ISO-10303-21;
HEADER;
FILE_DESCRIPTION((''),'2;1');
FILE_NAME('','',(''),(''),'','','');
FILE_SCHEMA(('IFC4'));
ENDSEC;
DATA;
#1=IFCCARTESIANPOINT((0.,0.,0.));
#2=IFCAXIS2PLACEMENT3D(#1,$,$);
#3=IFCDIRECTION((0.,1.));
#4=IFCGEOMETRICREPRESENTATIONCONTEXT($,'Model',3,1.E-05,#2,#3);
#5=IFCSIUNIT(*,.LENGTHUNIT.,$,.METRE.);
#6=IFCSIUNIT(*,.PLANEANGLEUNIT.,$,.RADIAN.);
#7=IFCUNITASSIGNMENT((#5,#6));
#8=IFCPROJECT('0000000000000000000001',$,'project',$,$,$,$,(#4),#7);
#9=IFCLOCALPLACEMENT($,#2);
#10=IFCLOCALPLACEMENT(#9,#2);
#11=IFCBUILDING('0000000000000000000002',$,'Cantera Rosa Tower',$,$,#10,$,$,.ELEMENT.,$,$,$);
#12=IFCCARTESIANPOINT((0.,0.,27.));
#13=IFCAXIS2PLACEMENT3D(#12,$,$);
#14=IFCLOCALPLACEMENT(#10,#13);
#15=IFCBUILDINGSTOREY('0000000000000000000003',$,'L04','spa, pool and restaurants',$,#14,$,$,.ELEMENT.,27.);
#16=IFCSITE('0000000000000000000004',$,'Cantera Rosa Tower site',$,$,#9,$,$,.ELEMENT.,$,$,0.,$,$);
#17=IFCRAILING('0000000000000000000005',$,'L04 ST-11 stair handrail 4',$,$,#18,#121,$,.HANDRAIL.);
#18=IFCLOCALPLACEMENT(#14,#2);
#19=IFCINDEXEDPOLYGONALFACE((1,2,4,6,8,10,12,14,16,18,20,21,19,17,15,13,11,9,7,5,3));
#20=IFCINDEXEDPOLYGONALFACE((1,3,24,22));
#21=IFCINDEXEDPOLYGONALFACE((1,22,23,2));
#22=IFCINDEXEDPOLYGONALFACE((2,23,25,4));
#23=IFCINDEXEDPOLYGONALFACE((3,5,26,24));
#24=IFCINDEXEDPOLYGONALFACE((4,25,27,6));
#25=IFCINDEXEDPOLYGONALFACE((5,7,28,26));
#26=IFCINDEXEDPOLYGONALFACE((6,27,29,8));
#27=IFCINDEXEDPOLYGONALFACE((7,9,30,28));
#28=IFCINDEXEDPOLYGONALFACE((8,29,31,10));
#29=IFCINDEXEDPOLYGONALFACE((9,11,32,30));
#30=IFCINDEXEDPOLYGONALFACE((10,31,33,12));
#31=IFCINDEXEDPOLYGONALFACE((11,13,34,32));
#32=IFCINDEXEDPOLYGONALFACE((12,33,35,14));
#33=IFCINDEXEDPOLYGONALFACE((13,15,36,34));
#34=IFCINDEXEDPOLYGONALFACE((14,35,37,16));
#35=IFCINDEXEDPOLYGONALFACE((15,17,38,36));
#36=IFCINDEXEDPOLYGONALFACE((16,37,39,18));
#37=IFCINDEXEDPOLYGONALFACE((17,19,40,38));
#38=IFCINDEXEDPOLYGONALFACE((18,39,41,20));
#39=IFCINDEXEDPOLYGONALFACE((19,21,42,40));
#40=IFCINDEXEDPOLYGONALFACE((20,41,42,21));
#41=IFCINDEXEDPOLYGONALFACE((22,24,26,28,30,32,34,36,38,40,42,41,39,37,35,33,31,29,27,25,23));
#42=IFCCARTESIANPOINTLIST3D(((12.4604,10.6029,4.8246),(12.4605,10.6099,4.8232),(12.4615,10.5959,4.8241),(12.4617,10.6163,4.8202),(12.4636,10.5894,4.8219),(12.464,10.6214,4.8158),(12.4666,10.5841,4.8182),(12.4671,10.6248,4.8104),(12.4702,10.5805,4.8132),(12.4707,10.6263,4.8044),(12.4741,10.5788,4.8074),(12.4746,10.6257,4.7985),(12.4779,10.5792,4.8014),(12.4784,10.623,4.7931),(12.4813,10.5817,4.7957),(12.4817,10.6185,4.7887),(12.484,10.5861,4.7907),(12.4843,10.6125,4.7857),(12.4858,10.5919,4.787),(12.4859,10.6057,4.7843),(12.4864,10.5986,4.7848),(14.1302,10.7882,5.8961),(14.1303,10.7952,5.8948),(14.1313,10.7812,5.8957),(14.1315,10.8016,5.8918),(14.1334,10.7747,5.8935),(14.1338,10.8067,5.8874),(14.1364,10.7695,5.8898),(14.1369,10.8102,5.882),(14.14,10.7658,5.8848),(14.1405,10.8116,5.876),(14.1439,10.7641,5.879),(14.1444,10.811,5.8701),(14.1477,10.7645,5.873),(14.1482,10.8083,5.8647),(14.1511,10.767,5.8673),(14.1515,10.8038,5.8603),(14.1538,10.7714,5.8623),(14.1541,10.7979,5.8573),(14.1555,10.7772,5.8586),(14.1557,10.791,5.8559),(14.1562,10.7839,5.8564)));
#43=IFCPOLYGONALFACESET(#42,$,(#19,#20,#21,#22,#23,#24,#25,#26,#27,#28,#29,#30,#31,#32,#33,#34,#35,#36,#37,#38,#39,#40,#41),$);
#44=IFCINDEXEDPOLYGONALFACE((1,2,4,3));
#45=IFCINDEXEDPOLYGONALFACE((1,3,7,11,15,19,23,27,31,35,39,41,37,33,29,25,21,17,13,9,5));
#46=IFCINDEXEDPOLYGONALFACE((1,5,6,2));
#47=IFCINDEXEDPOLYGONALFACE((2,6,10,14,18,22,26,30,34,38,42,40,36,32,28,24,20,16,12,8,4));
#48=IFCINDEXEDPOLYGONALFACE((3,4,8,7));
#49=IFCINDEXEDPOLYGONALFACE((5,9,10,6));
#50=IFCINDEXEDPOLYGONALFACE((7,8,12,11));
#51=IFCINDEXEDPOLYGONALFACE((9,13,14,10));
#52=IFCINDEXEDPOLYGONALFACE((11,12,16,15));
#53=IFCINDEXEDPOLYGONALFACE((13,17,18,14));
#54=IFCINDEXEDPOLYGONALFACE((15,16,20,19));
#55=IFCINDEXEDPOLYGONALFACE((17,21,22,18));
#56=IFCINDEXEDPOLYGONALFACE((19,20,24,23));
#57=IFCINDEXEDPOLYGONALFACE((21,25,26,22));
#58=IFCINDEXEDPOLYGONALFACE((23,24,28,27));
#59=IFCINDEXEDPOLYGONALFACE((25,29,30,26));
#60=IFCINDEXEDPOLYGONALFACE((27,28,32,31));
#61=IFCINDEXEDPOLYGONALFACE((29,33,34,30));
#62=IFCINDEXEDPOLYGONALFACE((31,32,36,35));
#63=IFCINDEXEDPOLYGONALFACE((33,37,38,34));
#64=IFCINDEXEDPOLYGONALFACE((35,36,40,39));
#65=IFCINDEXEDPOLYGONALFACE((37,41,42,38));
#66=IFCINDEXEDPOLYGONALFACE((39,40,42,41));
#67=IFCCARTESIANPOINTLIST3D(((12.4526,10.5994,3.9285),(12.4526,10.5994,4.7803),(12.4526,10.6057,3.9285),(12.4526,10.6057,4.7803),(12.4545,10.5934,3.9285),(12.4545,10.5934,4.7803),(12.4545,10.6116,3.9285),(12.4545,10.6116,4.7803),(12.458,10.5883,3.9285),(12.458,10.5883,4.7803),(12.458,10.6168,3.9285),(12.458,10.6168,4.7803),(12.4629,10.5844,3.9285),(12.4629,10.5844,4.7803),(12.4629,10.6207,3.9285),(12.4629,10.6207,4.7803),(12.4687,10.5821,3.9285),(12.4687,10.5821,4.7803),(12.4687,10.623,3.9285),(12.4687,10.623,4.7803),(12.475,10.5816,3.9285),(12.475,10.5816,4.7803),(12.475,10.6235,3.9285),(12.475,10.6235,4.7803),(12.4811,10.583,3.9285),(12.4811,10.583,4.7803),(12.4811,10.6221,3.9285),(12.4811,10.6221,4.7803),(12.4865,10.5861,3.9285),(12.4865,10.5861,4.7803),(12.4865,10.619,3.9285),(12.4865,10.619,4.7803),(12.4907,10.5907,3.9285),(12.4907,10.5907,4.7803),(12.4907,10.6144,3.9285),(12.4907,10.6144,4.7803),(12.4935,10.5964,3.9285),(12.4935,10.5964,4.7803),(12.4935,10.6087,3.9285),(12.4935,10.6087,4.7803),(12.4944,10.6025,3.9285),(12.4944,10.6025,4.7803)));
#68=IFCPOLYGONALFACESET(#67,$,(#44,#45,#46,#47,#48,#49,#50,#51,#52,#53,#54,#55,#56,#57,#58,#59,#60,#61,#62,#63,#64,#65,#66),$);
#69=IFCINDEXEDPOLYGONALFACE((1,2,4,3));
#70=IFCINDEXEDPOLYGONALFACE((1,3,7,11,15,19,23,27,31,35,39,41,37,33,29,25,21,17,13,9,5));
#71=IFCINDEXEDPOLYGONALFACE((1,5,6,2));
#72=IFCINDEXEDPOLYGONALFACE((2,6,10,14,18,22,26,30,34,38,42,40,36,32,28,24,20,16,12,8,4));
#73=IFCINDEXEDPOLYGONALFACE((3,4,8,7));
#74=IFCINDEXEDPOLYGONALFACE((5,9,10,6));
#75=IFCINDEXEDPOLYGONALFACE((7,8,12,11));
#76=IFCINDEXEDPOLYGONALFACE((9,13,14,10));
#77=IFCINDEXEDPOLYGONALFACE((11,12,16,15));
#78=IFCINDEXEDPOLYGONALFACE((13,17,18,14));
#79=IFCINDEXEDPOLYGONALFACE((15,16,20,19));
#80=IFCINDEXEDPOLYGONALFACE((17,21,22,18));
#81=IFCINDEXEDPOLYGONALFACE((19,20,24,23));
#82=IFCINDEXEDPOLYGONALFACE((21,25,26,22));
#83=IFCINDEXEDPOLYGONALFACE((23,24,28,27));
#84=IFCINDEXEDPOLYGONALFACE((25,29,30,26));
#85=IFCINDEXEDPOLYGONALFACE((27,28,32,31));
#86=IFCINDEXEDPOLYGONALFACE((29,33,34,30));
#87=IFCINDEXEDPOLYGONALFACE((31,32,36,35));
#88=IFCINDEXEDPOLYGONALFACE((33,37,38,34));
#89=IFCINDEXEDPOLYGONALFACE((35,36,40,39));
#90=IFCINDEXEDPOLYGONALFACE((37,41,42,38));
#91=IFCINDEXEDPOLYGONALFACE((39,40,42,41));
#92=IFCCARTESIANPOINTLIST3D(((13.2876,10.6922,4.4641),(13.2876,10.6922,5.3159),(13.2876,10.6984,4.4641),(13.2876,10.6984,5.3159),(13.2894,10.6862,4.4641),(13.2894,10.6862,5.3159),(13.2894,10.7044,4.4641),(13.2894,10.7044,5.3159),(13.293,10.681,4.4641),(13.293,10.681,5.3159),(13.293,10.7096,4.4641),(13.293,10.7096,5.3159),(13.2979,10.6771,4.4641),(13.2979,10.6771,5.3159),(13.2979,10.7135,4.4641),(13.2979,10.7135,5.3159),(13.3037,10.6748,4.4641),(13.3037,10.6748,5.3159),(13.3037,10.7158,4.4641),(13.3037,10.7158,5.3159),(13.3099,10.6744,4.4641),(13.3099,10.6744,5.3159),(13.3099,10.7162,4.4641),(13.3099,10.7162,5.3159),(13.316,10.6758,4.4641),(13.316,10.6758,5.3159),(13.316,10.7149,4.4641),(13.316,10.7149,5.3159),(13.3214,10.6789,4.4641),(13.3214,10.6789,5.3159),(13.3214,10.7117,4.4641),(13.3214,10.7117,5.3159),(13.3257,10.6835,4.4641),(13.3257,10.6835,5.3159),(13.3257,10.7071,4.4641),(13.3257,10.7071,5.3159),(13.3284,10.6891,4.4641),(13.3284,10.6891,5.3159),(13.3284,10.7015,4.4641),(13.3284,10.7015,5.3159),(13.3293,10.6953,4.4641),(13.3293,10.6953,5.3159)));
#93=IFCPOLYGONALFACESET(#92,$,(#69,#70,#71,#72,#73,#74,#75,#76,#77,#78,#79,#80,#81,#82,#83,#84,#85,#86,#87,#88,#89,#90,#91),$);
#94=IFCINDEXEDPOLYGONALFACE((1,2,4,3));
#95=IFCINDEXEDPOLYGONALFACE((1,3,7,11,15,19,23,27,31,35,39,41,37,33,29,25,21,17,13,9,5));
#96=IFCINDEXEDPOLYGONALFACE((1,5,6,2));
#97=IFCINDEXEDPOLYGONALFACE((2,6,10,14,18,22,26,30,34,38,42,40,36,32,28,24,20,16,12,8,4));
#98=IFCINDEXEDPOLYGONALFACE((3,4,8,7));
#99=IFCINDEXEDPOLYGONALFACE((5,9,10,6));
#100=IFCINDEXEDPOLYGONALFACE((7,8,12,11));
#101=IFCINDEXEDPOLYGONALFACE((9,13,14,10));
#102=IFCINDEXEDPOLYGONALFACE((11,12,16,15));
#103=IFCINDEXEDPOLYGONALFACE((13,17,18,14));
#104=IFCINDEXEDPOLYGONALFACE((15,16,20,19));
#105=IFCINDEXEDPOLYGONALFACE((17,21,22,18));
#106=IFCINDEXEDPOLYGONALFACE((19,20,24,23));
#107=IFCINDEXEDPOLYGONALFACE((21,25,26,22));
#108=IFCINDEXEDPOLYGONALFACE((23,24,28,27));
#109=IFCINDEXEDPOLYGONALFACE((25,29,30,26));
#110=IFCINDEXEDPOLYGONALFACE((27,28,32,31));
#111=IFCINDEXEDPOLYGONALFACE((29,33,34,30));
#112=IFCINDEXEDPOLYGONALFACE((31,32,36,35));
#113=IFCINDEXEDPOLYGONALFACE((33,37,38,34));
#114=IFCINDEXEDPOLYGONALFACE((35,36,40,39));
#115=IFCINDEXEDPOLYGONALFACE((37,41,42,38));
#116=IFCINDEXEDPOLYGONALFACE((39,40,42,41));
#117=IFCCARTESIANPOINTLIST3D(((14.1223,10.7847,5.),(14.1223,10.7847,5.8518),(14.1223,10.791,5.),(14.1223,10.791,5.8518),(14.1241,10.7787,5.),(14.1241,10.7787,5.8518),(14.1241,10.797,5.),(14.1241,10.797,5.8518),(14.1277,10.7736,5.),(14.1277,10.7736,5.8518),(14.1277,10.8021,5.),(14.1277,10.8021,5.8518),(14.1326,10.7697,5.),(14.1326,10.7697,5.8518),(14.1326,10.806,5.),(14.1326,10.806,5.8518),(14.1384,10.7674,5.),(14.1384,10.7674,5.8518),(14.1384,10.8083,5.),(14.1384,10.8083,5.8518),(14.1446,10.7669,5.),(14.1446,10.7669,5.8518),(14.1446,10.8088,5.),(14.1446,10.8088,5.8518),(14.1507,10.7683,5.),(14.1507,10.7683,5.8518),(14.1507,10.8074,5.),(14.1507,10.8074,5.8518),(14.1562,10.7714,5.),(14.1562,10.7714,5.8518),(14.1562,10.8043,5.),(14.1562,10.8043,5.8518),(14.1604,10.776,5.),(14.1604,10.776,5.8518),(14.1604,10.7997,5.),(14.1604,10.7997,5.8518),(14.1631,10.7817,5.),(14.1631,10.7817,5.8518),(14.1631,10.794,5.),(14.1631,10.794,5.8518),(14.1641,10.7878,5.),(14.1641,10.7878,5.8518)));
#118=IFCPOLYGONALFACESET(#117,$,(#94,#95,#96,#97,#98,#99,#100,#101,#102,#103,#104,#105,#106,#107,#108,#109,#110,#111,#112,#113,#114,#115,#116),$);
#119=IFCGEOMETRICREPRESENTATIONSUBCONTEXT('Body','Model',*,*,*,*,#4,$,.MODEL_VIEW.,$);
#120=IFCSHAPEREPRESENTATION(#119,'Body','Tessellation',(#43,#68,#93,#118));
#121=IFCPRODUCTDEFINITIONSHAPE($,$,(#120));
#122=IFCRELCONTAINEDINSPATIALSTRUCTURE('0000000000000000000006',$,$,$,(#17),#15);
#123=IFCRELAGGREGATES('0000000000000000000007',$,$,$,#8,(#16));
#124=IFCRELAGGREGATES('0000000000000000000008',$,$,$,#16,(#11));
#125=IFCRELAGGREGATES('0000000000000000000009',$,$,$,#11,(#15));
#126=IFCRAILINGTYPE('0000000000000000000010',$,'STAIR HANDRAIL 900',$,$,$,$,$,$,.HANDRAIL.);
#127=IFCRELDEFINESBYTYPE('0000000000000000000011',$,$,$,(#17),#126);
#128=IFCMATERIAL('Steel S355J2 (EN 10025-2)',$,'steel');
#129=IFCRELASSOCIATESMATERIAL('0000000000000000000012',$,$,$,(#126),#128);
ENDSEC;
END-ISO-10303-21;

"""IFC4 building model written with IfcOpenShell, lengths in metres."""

from ifc_helpers import new_model, si_unit, direction, frame, origin, origin_2d, place, context, subcontext, project, spatial, circle, extrude, material, type_object, element, save


model = new_model("IFC4")

# Units and contexts
model_context = context("Model", 3, precision=1e-05, world=origin(), true_north=direction((0.0, 1.0)))
body_context = subcontext(model_context, "Body", "Model", "MODEL_VIEW")
ifc_project = project(units=[si_unit("LENGTHUNIT", "METRE"), si_unit("PLANEANGLEUNIT", "RADIAN")], contexts=[model_context])

# Site, building, storey
site_placement = place(None, origin())
site = spatial("IfcSite", under=ifc_project, at=site_placement, Name="Cantera Rosa Tower site", CompositionType="ELEMENT", RefElevation=0.0)
building_placement = place(site_placement, origin())
building = spatial("IfcBuilding", under=site, at=building_placement, Name="Cantera Rosa Tower", CompositionType="ELEMENT")
storey_placement = place(building_placement, frame((0.0, 0.0, 27.0)))
storey = spatial("IfcBuildingStorey", under=building, at=storey_placement, Name="L04", Description="spa, pool and restaurants", CompositionType="ELEMENT", Elevation=27.0)

# Railing
ifc_material_1 = material(Name="Steel S355J2 (EN 10025-2)", Category="steel")
railing_type_1 = type_object("IfcRailingType", Name="STAIR HANDRAIL 900", PredefinedType="HANDRAIL", material=ifc_material_1)
railing_1_placement = place(storey_placement, frame((12.4734, 10.6025, 3.9285)))
element("IfcRailing", 1, at=railing_1_placement, inside=storey, type_object=railing_type_1, Name="L04 ST-11 stair handrail 4", PredefinedType="HANDRAIL", context=body_context, shape_type="SweptSolid", body=[
    extrude(circle(Radius=0.0239, at=origin_2d()), frame((0.0, 0.0, 0.876), z_axis=(0.837951, 0.092997, 0.537764), x_axis=(-0.110304, 0.993898, 0.0)), (0.0, 0.0, 1.0), 1.9927),
    extrude(circle(Radius=0.021, at=origin_2d()), origin(), (0.0, 0.0, 1.0), 0.8518),
    extrude(circle(Radius=0.021, at=origin_2d()), frame((0.835, 0.0928, 0.5356)), (0.0, 0.0, 1.0), 0.8518),
    extrude(circle(Radius=0.021, at=origin_2d()), frame((1.6697, 0.1853, 1.0715)), (0.0, 0.0, 1.0), 0.8518),
])

save(model, "model.ifc")
